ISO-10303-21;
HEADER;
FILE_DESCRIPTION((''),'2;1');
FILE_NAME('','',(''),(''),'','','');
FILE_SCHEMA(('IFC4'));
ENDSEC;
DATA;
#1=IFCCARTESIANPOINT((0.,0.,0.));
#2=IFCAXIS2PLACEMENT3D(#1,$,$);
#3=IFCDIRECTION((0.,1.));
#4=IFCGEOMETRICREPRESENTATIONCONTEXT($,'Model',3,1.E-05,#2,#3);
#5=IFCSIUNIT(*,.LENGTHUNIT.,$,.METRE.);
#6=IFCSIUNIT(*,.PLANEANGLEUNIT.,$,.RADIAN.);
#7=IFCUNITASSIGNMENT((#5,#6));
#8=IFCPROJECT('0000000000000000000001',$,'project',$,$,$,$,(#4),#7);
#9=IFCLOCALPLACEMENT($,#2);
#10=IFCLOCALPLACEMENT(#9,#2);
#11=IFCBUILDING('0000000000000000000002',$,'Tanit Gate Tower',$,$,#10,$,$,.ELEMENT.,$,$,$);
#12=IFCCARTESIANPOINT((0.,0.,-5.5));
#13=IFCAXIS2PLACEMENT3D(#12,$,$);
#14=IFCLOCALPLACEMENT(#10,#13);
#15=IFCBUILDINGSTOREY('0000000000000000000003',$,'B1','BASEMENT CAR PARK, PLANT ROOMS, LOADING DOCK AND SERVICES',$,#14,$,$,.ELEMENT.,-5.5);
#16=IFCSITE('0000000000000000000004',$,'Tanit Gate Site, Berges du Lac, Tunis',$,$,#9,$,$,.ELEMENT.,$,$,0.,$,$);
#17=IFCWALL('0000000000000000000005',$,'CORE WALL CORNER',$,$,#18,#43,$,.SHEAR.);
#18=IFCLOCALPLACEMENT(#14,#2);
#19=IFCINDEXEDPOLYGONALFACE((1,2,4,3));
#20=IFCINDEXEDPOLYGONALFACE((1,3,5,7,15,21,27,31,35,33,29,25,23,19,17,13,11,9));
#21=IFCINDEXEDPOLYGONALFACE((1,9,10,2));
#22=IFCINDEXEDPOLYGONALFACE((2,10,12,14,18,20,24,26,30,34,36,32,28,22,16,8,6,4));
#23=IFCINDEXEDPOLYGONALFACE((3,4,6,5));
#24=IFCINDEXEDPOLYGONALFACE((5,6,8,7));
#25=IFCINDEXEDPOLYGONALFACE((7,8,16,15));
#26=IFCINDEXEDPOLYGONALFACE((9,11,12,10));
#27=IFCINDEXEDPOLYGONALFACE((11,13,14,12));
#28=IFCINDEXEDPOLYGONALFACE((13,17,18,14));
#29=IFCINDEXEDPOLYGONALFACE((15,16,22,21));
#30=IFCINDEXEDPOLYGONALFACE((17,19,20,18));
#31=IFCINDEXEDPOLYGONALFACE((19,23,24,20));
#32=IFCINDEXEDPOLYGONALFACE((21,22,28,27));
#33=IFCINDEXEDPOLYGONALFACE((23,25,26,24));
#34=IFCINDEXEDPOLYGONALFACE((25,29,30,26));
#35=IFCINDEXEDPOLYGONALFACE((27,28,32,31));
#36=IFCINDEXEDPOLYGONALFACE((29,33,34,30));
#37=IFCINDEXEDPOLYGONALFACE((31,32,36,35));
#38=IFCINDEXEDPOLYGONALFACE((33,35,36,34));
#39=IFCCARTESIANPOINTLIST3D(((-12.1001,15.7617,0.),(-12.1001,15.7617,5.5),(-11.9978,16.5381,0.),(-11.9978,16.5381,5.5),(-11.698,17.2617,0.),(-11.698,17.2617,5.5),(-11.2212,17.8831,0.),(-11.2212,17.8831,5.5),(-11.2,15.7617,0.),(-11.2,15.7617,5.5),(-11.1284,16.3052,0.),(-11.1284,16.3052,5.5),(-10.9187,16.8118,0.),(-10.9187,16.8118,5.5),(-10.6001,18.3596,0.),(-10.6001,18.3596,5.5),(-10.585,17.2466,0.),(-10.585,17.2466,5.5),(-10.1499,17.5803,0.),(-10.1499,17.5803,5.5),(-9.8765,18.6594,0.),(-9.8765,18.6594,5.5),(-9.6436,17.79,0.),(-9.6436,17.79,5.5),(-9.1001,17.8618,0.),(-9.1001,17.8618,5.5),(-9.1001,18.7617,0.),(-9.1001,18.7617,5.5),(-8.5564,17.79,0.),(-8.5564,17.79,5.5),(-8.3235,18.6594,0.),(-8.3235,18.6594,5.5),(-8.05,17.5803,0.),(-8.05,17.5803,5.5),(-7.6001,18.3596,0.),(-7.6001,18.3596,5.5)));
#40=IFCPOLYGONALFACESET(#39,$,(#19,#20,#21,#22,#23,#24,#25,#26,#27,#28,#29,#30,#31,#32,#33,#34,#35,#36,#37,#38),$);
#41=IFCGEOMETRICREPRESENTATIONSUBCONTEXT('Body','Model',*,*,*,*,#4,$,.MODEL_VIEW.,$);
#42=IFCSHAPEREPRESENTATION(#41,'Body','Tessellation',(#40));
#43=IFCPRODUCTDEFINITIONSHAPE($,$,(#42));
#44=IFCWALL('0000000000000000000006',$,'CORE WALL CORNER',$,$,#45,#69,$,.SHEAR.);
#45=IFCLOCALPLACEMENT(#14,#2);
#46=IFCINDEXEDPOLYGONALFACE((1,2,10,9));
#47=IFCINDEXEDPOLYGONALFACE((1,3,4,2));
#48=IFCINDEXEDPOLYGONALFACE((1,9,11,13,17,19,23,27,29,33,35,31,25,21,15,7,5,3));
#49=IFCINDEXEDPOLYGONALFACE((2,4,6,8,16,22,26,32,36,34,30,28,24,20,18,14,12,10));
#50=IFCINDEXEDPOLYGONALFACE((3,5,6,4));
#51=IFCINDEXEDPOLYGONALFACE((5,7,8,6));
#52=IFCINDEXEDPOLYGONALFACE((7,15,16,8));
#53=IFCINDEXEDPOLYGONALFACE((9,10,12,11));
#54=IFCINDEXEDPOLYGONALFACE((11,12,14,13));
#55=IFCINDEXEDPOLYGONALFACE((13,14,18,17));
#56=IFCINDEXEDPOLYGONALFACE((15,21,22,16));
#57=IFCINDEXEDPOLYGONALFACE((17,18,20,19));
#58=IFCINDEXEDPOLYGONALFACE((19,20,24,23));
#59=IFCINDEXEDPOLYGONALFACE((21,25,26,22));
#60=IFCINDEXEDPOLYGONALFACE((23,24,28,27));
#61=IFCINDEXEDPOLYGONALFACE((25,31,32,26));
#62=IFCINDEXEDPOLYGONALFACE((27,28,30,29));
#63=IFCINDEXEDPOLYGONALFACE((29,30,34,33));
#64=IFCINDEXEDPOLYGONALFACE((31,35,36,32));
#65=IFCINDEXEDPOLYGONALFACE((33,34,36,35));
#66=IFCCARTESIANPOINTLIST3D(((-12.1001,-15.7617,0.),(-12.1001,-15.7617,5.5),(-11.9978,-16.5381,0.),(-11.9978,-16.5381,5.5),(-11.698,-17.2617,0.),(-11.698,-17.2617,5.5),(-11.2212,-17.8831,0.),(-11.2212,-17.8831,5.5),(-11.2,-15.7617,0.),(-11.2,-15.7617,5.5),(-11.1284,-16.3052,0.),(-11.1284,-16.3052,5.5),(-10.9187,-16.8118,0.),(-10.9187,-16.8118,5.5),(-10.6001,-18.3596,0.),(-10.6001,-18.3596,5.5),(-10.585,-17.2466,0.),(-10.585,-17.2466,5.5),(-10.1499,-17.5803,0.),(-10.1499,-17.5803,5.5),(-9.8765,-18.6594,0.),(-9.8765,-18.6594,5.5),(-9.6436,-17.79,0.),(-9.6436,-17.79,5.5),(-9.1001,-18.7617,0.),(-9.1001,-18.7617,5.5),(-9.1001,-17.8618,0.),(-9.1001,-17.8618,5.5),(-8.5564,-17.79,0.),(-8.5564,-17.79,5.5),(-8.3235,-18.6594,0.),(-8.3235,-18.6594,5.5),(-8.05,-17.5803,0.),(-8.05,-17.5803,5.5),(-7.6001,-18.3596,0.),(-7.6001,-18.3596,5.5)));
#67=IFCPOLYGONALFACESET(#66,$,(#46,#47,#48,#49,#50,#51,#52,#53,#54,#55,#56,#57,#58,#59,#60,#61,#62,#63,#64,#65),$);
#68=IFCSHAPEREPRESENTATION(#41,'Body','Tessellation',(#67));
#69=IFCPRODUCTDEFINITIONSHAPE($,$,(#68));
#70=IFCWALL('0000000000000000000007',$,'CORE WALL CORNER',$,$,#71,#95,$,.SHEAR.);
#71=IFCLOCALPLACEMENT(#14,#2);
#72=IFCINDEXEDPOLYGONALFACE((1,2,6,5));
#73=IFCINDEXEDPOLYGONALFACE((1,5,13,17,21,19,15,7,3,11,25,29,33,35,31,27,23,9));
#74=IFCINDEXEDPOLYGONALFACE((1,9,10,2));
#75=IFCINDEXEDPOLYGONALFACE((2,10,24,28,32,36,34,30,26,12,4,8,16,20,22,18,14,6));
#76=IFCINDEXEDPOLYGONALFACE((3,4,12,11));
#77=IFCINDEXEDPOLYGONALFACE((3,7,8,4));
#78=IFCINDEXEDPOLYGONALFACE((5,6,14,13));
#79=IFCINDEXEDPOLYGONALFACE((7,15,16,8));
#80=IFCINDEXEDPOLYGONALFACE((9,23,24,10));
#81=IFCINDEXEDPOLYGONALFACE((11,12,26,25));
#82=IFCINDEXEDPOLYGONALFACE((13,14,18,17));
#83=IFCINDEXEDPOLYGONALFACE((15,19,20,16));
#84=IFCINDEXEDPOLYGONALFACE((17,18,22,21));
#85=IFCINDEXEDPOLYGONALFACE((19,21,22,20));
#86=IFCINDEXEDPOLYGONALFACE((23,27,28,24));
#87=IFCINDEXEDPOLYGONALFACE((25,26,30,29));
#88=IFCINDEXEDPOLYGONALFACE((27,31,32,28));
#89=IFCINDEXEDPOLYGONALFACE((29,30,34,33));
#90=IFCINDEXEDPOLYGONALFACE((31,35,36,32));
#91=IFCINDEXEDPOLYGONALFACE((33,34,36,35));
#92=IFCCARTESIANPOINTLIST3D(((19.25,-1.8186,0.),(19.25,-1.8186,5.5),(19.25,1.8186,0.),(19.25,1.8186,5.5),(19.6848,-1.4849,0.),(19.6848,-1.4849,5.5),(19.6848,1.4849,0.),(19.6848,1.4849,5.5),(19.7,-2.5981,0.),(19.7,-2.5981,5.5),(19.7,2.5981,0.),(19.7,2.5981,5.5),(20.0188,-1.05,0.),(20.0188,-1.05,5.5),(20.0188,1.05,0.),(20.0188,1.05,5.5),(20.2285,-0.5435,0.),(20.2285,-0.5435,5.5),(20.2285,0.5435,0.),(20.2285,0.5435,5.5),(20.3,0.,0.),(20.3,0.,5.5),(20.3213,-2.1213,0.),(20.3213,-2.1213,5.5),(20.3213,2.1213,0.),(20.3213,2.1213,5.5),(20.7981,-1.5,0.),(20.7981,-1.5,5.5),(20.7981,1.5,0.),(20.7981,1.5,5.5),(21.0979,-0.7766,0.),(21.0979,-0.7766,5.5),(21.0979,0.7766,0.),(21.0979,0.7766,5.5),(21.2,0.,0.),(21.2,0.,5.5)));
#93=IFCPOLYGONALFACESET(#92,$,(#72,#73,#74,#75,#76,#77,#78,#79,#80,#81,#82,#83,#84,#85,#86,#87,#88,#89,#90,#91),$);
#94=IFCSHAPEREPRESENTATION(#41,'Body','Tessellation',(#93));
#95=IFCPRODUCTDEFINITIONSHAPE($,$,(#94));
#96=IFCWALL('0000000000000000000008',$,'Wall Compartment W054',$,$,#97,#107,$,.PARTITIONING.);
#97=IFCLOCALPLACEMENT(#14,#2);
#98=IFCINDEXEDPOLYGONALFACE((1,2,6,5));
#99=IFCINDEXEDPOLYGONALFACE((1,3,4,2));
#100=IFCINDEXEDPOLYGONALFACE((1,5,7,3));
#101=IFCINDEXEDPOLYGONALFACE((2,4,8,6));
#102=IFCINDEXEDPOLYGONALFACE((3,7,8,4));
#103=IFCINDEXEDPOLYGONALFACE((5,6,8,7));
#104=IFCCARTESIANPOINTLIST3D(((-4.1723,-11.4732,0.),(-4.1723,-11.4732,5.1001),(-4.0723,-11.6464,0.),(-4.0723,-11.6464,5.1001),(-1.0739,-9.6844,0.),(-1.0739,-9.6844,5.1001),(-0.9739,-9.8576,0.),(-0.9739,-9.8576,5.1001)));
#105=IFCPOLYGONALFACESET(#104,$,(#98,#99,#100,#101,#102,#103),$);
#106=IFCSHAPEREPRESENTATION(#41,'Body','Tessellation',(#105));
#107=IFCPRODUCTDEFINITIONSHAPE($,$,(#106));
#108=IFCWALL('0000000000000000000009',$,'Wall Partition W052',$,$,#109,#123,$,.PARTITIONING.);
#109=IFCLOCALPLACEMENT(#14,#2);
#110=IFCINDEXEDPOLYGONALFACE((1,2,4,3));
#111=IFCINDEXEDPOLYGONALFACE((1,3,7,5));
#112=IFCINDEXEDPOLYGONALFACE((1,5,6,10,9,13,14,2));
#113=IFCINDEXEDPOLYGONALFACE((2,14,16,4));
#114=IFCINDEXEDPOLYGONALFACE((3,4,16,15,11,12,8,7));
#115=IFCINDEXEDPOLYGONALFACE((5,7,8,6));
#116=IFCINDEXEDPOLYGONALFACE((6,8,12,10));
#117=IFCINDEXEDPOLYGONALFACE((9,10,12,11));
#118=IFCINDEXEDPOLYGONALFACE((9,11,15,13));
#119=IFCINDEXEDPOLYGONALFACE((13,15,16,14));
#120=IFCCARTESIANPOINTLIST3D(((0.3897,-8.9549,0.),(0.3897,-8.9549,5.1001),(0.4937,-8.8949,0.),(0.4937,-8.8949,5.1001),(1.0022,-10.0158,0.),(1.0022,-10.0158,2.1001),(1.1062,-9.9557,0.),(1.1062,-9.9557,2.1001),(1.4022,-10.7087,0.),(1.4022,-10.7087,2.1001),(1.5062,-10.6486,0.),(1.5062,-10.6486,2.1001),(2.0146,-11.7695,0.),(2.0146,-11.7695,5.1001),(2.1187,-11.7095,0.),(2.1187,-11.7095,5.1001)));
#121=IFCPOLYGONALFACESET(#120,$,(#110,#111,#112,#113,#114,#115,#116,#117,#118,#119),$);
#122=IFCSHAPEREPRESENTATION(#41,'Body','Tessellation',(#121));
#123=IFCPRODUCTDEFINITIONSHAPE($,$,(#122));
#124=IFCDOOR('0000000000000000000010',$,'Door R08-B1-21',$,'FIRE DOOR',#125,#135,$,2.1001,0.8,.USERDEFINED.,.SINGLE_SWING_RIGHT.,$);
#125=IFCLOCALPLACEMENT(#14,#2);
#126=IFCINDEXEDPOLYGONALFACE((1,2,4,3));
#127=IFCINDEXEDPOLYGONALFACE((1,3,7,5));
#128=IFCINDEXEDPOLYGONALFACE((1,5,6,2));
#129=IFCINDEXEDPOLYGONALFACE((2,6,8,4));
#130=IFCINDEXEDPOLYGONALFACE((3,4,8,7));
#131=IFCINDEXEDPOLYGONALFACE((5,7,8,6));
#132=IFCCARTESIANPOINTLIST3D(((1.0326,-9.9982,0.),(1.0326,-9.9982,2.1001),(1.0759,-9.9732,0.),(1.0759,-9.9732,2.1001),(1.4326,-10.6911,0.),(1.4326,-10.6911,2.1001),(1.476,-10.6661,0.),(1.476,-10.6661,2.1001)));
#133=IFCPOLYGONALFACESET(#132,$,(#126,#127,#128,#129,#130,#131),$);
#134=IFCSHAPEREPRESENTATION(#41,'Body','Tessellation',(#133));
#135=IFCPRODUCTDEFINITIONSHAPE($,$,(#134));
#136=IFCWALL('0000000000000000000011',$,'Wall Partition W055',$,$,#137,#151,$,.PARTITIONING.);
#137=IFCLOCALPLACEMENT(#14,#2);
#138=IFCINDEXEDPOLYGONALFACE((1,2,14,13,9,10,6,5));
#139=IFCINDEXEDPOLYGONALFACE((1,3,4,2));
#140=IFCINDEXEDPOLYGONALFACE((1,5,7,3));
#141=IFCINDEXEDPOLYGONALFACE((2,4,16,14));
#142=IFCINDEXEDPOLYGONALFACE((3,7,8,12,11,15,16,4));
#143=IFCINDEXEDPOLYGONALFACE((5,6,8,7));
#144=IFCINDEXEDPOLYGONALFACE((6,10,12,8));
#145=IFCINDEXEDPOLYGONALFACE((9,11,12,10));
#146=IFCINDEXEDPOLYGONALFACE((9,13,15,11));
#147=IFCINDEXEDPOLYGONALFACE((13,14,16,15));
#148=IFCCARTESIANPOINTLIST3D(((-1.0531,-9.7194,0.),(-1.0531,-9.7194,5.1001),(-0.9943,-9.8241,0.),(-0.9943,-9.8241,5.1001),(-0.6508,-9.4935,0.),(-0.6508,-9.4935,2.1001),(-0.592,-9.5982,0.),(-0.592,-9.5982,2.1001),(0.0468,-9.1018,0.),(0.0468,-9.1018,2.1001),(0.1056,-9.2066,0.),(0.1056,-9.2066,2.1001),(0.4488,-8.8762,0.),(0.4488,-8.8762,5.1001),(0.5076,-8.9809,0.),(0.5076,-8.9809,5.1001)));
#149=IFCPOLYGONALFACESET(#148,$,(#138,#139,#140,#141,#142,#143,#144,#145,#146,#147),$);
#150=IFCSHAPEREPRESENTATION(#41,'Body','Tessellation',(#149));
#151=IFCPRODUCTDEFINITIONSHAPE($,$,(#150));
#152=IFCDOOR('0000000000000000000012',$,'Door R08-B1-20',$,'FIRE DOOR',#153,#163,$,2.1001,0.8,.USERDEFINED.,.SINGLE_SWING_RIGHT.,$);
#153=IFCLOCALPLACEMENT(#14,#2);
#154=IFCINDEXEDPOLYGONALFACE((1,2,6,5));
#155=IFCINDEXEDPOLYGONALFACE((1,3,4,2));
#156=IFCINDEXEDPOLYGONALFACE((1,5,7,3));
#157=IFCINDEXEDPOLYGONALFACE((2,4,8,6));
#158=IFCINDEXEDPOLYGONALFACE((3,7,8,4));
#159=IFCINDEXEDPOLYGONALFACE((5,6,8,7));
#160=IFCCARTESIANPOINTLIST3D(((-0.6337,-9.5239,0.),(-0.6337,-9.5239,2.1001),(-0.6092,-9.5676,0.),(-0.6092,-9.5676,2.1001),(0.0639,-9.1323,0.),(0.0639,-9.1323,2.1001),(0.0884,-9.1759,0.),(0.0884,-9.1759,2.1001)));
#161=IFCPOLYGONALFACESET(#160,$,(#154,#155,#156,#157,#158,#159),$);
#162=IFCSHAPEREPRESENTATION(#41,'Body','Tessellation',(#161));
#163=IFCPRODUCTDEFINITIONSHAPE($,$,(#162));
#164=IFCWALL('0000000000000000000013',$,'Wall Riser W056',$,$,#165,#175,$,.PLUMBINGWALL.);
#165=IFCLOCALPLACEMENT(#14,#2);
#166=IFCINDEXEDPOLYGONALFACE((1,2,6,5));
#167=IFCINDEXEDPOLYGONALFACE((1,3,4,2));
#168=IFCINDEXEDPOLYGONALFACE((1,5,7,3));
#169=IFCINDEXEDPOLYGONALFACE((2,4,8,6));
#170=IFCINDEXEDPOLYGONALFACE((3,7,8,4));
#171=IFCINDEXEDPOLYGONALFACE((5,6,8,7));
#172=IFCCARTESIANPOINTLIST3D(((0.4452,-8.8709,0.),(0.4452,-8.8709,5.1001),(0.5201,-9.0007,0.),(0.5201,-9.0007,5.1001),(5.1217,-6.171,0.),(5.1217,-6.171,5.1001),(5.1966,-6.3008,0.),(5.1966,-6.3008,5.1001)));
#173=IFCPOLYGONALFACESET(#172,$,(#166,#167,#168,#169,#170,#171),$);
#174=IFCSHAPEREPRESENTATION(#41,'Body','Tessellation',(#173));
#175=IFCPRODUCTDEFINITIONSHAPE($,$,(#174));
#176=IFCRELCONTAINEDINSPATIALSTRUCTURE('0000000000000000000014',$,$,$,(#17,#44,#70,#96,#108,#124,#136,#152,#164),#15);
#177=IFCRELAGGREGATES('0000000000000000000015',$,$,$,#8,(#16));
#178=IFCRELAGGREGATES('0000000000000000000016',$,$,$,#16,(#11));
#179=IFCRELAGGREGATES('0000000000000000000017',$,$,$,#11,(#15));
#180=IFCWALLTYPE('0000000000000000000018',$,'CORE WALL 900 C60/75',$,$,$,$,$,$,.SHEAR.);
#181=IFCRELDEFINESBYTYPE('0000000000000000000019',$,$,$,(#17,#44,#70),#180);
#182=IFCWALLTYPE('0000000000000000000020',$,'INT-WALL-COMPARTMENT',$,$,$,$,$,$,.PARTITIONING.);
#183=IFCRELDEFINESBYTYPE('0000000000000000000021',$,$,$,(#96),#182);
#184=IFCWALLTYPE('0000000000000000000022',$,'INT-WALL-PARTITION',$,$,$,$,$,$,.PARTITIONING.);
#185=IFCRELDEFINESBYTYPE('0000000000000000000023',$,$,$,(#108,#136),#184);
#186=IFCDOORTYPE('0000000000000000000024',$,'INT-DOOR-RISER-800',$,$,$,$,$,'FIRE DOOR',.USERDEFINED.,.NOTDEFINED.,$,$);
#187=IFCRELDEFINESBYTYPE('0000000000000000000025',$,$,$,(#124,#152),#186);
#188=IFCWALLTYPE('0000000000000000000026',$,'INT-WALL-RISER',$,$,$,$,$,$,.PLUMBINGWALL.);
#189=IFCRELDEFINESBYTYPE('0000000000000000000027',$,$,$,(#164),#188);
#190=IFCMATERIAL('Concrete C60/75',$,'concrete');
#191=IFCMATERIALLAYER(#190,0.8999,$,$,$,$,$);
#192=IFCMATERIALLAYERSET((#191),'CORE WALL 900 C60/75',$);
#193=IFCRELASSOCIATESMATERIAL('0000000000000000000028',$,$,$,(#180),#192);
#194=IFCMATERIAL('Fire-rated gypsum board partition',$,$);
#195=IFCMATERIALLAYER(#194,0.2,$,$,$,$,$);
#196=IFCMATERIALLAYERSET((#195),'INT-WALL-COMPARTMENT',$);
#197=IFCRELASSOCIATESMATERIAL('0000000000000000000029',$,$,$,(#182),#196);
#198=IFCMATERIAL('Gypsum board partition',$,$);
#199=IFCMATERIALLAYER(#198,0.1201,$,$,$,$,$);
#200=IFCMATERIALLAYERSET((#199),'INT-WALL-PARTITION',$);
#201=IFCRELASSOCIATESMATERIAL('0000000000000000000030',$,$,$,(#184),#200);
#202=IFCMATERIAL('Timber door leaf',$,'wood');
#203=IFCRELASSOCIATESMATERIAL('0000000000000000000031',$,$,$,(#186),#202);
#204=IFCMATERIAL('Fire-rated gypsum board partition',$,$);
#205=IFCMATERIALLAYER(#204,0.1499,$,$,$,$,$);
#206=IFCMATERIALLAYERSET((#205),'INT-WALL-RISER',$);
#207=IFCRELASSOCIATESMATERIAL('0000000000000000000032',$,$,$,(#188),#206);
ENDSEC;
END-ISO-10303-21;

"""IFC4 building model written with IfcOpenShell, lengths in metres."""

from ifc_helpers import new_model, si_unit, direction, frame, frame_2d, origin, place, context, subcontext, project, spatial, polyline, rectangle, outline, extrude, material, layer, layer_set, type_object, element, fill, save


model = new_model("IFC4")

# Units and contexts
model_context = context("Model", 3, precision=1e-05, world=origin(), true_north=direction((0.0, 1.0)))
body_context = subcontext(model_context, "Body", "Model", "MODEL_VIEW")
ifc_project = project(units=[si_unit("LENGTHUNIT", "METRE"), si_unit("PLANEANGLEUNIT", "RADIAN")], contexts=[model_context])

# Site, building, storey
site_placement = place(None, origin())
site = spatial("IfcSite", under=ifc_project, at=site_placement, Name="Tanit Gate Site, Berges du Lac, Tunis", CompositionType="ELEMENT", RefElevation=0.0)
building_placement = place(site_placement, origin())
building = spatial("IfcBuilding", under=site, at=building_placement, Name="Tanit Gate Tower", CompositionType="ELEMENT")
storey_placement = place(building_placement, frame((0.0, 0.0, -5.5)))
storey = spatial("IfcBuildingStorey", under=building, at=storey_placement, Name="B1", Description="BASEMENT CAR PARK, PLANT ROOMS, LOADING DOCK AND SERVICES", CompositionType="ELEMENT", Elevation=-5.5)

# Walls
ifc_material_1 = material(Name="Concrete C60/75", Category="concrete")
ifc_layer_1 = layer(ifc_material_1, 0.8999)
ifc_layer_set_1 = layer_set([ifc_layer_1], Name="CORE WALL 900 C60/75")
wall_type_1 = type_object("IfcWallType", Name="CORE WALL 900 C60/75", PredefinedType="SHEAR", material=ifc_layer_set_1)
wall_1_placement = place(storey_placement, origin())
element("IfcWall", 1, at=wall_1_placement, inside=storey, type_object=wall_type_1, Name="CORE WALL CORNER", PredefinedType="SHEAR", context=body_context, shape_type="SweptSolid", body=[
    extrude(outline(polyline([(-7.6001, 18.3596), (-8.3235, 18.6594), (-9.1001, 18.7617), (-9.8765, 18.6594), (-10.6001, 18.3596), (-11.2212, 17.8831), (-11.698, 17.2617), (-11.9978, 16.5381), (-12.1001, 15.7617), (-11.2, 15.7617), (-11.1284, 16.3052), (-10.9187, 16.8118), (-10.585, 17.2466), (-10.1499, 17.5803), (-9.6436, 17.79), (-9.1001, 17.8618), (-8.5564, 17.79), (-8.05, 17.5803), (-7.6001, 18.3596)])), origin(), (0.0, 0.0, 1.0), 5.5),
])
wall_2_placement = place(storey_placement, origin())
element("IfcWall", 2, at=wall_2_placement, inside=storey, type_object=wall_type_1, Name="CORE WALL CORNER", PredefinedType="SHEAR", context=body_context, shape_type="SweptSolid", body=[
    extrude(outline(polyline([(-12.1001, -15.7617), (-11.9978, -16.5381), (-11.698, -17.2617), (-11.2212, -17.8831), (-10.6001, -18.3596), (-9.8765, -18.6594), (-9.1001, -18.7617), (-8.3235, -18.6594), (-7.6001, -18.3596), (-8.05, -17.5803), (-8.5564, -17.79), (-9.1001, -17.8618), (-9.6436, -17.79), (-10.1499, -17.5803), (-10.585, -17.2466), (-10.9187, -16.8118), (-11.1284, -16.3052), (-11.2, -15.7617), (-12.1001, -15.7617)])), origin(), (0.0, 0.0, 1.0), 5.5),
])
wall_3_placement = place(storey_placement, origin())
element("IfcWall", 3, at=wall_3_placement, inside=storey, type_object=wall_type_1, Name="CORE WALL CORNER", PredefinedType="SHEAR", context=body_context, shape_type="SweptSolid", body=[
    extrude(outline(polyline([(19.7, -2.5981), (20.3213, -2.1213), (20.7981, -1.5), (21.0979, -0.7766), (21.2, 0.0), (21.0979, 0.7766), (20.7981, 1.5), (20.3213, 2.1213), (19.7, 2.5981), (19.25, 1.8186), (19.6848, 1.4849), (20.0188, 1.05), (20.2285, 0.5435), (20.3, 0.0), (20.2285, -0.5435), (20.0188, -1.05), (19.6848, -1.4849), (19.25, -1.8186), (19.7, -2.5981)])), origin(), (0.0, 0.0, 1.0), 5.5),
])
ifc_material_2 = material(Name="Fire-rated gypsum board partition")
ifc_layer_2 = layer(ifc_material_2, 0.2)
ifc_layer_set_2 = layer_set([ifc_layer_2], Name="INT-WALL-COMPARTMENT")
wall_type_2 = type_object("IfcWallType", Name="INT-WALL-COMPARTMENT", PredefinedType="PARTITIONING", material=ifc_layer_set_2)
wall_4_placement = place(storey_placement, frame((-1.0239, -9.771, 0.0), z_axis=(0.0, 0.0, 1.0), x_axis=(-0.86603, -0.499992, 0.0)))
element("IfcWall", 4, at=wall_4_placement, inside=storey, type_object=wall_type_2, Name="Wall Compartment W054", PredefinedType="PARTITIONING", context=body_context, shape_type="SweptSolid", body=[
    extrude(rectangle(XDim=3.5776, YDim=0.2, at=frame_2d((1.7888, 0.0))), origin(), (0.0, 0.0, 1.0), 5.1001),
])

# Walls, openings, doors
ifc_material_3 = material(Name="Gypsum board partition")
ifc_layer_3 = layer(ifc_material_3, 0.1201)
ifc_layer_set_3 = layer_set([ifc_layer_3], Name="INT-WALL-PARTITION")
wall_type_3 = type_object("IfcWallType", Name="INT-WALL-PARTITION", PredefinedType="PARTITIONING", material=ifc_layer_set_3)
wall_5_placement = place(storey_placement, frame((2.0667, -11.7395, 0.0), z_axis=(0.0, 0.0, 1.0), x_axis=(-0.499985, 0.866034, 0.0)))
wall_5 = element("IfcWall", 5, at=wall_5_placement, inside=storey, type_object=wall_type_3, Name="Wall Partition W052", PredefinedType="PARTITIONING", context=body_context, shape_type="SweptSolid", body=[
    extrude(rectangle(XDim=3.25, YDim=0.1201, at=frame_2d((1.625, 0.0))), origin(), (0.0, 0.0, 1.0), 5.1001),
])
opening_1_placement = place(wall_5_placement, frame((1.2251, 0.0, 0.0)))
opening_1 = element("IfcOpeningElement", 6, at=opening_1_placement, cuts=wall_5, PredefinedType="OPENING", context=body_context, shape_type="SweptSolid", body=[
    extrude(rectangle(XDim=0.8, YDim=2.1001, at=frame_2d((0.3999, 1.05))), frame((0.0, 0.0701, 0.0), z_axis=(0.0, -1.0, 0.0), x_axis=(1.0, 0.0, 0.0)), (0.0, 0.0, 1.0), 0.1401),
])
ifc_material_4 = material(Name="Timber door leaf", Category="wood")
door_type = type_object("IfcDoorType", Name="INT-DOOR-RISER-800", ElementType="FIRE DOOR", OperationType="NOTDEFINED", PredefinedType="USERDEFINED", material=ifc_material_4)
door_1_placement = place(opening_1_placement, origin())
door_1 = element("IfcDoor", 7, at=door_1_placement, inside=storey, type_object=door_type, Name="Door R08-B1-21", ObjectType="FIRE DOOR", OperationType="SINGLE_SWING_RIGHT", OverallHeight=2.1001, OverallWidth=0.8, PredefinedType="USERDEFINED", context=body_context, shape_type="SweptSolid", body=[
    extrude(rectangle(XDim=0.8, YDim=2.1001, at=frame_2d((0.3999, 1.05))), frame((0.0, 0.0249, 0.0), z_axis=(0.0, -1.0, 0.0), x_axis=(1.0, 0.0, 0.0)), (0.0, 0.0, 1.0), 0.05),
])
fill(opening_1, door_1)
wall_6_placement = place(storey_placement, frame((0.4783, -8.9285, 0.0), z_axis=(0.0, 0.0, 1.0), x_axis=(-0.871969, -0.489561, 0.0)))
wall_6 = element("IfcWall", 8, at=wall_6_placement, inside=storey, type_object=wall_type_3, Name="Wall Partition W055", PredefinedType="PARTITIONING", context=body_context, shape_type="SweptSolid", body=[
    extrude(rectangle(XDim=1.7224, YDim=0.1201, at=frame_2d((0.8613, 0.0))), origin(), (0.0, 0.0, 1.0), 5.1001),
])
opening_2_placement = place(wall_6_placement, frame((0.4612, 0.0, 0.0)))
opening_2 = element("IfcOpeningElement", 9, at=opening_2_placement, cuts=wall_6, PredefinedType="OPENING", context=body_context, shape_type="SweptSolid", body=[
    extrude(rectangle(XDim=0.8, YDim=2.1001, at=frame_2d((0.3999, 1.05))), frame((0.0, 0.0701, 0.0), z_axis=(0.0, -1.0, 0.0), x_axis=(1.0, 0.0, 0.0)), (0.0, 0.0, 1.0), 0.1401),
])
door_2_placement = place(opening_2_placement, origin())
door_2 = element("IfcDoor", 10, at=door_2_placement, inside=storey, type_object=door_type, Name="Door R08-B1-20", ObjectType="FIRE DOOR", OperationType="SINGLE_SWING_RIGHT", OverallHeight=2.1001, OverallWidth=0.8, PredefinedType="USERDEFINED", context=body_context, shape_type="SweptSolid", body=[
    extrude(rectangle(XDim=0.8, YDim=2.1001, at=frame_2d((0.3999, 1.05))), frame((0.0, 0.0249, 0.0), z_axis=(0.0, -1.0, 0.0), x_axis=(1.0, 0.0, 0.0)), (0.0, 0.0, 1.0), 0.05),
])
fill(opening_2, door_2)

# Wall
ifc_material_5 = material(Name="Fire-rated gypsum board partition")
ifc_layer_4 = layer(ifc_material_5, 0.1499)
ifc_layer_set_4 = layer_set([ifc_layer_4], Name="INT-WALL-RISER")
wall_type_4 = type_object("IfcWallType", Name="INT-WALL-RISER", PredefinedType="PLUMBINGWALL", material=ifc_layer_set_4)
wall_7_placement = place(storey_placement, frame((0.4827, -8.9358, 0.0), z_axis=(0.0, 0.0, 1.0), x_axis=(0.866028, 0.499995, 0.0)))
element("IfcWall", 11, at=wall_7_placement, inside=storey, type_object=wall_type_4, Name="Wall Riser W056", PredefinedType="PLUMBINGWALL", context=body_context, shape_type="SweptSolid", body=[
    extrude(rectangle(XDim=5.3999, YDim=0.1499, at=frame_2d((2.7, 0.0))), origin(), (0.0, 0.0, 1.0), 5.1001),
])

save(model, "model.ifc")
